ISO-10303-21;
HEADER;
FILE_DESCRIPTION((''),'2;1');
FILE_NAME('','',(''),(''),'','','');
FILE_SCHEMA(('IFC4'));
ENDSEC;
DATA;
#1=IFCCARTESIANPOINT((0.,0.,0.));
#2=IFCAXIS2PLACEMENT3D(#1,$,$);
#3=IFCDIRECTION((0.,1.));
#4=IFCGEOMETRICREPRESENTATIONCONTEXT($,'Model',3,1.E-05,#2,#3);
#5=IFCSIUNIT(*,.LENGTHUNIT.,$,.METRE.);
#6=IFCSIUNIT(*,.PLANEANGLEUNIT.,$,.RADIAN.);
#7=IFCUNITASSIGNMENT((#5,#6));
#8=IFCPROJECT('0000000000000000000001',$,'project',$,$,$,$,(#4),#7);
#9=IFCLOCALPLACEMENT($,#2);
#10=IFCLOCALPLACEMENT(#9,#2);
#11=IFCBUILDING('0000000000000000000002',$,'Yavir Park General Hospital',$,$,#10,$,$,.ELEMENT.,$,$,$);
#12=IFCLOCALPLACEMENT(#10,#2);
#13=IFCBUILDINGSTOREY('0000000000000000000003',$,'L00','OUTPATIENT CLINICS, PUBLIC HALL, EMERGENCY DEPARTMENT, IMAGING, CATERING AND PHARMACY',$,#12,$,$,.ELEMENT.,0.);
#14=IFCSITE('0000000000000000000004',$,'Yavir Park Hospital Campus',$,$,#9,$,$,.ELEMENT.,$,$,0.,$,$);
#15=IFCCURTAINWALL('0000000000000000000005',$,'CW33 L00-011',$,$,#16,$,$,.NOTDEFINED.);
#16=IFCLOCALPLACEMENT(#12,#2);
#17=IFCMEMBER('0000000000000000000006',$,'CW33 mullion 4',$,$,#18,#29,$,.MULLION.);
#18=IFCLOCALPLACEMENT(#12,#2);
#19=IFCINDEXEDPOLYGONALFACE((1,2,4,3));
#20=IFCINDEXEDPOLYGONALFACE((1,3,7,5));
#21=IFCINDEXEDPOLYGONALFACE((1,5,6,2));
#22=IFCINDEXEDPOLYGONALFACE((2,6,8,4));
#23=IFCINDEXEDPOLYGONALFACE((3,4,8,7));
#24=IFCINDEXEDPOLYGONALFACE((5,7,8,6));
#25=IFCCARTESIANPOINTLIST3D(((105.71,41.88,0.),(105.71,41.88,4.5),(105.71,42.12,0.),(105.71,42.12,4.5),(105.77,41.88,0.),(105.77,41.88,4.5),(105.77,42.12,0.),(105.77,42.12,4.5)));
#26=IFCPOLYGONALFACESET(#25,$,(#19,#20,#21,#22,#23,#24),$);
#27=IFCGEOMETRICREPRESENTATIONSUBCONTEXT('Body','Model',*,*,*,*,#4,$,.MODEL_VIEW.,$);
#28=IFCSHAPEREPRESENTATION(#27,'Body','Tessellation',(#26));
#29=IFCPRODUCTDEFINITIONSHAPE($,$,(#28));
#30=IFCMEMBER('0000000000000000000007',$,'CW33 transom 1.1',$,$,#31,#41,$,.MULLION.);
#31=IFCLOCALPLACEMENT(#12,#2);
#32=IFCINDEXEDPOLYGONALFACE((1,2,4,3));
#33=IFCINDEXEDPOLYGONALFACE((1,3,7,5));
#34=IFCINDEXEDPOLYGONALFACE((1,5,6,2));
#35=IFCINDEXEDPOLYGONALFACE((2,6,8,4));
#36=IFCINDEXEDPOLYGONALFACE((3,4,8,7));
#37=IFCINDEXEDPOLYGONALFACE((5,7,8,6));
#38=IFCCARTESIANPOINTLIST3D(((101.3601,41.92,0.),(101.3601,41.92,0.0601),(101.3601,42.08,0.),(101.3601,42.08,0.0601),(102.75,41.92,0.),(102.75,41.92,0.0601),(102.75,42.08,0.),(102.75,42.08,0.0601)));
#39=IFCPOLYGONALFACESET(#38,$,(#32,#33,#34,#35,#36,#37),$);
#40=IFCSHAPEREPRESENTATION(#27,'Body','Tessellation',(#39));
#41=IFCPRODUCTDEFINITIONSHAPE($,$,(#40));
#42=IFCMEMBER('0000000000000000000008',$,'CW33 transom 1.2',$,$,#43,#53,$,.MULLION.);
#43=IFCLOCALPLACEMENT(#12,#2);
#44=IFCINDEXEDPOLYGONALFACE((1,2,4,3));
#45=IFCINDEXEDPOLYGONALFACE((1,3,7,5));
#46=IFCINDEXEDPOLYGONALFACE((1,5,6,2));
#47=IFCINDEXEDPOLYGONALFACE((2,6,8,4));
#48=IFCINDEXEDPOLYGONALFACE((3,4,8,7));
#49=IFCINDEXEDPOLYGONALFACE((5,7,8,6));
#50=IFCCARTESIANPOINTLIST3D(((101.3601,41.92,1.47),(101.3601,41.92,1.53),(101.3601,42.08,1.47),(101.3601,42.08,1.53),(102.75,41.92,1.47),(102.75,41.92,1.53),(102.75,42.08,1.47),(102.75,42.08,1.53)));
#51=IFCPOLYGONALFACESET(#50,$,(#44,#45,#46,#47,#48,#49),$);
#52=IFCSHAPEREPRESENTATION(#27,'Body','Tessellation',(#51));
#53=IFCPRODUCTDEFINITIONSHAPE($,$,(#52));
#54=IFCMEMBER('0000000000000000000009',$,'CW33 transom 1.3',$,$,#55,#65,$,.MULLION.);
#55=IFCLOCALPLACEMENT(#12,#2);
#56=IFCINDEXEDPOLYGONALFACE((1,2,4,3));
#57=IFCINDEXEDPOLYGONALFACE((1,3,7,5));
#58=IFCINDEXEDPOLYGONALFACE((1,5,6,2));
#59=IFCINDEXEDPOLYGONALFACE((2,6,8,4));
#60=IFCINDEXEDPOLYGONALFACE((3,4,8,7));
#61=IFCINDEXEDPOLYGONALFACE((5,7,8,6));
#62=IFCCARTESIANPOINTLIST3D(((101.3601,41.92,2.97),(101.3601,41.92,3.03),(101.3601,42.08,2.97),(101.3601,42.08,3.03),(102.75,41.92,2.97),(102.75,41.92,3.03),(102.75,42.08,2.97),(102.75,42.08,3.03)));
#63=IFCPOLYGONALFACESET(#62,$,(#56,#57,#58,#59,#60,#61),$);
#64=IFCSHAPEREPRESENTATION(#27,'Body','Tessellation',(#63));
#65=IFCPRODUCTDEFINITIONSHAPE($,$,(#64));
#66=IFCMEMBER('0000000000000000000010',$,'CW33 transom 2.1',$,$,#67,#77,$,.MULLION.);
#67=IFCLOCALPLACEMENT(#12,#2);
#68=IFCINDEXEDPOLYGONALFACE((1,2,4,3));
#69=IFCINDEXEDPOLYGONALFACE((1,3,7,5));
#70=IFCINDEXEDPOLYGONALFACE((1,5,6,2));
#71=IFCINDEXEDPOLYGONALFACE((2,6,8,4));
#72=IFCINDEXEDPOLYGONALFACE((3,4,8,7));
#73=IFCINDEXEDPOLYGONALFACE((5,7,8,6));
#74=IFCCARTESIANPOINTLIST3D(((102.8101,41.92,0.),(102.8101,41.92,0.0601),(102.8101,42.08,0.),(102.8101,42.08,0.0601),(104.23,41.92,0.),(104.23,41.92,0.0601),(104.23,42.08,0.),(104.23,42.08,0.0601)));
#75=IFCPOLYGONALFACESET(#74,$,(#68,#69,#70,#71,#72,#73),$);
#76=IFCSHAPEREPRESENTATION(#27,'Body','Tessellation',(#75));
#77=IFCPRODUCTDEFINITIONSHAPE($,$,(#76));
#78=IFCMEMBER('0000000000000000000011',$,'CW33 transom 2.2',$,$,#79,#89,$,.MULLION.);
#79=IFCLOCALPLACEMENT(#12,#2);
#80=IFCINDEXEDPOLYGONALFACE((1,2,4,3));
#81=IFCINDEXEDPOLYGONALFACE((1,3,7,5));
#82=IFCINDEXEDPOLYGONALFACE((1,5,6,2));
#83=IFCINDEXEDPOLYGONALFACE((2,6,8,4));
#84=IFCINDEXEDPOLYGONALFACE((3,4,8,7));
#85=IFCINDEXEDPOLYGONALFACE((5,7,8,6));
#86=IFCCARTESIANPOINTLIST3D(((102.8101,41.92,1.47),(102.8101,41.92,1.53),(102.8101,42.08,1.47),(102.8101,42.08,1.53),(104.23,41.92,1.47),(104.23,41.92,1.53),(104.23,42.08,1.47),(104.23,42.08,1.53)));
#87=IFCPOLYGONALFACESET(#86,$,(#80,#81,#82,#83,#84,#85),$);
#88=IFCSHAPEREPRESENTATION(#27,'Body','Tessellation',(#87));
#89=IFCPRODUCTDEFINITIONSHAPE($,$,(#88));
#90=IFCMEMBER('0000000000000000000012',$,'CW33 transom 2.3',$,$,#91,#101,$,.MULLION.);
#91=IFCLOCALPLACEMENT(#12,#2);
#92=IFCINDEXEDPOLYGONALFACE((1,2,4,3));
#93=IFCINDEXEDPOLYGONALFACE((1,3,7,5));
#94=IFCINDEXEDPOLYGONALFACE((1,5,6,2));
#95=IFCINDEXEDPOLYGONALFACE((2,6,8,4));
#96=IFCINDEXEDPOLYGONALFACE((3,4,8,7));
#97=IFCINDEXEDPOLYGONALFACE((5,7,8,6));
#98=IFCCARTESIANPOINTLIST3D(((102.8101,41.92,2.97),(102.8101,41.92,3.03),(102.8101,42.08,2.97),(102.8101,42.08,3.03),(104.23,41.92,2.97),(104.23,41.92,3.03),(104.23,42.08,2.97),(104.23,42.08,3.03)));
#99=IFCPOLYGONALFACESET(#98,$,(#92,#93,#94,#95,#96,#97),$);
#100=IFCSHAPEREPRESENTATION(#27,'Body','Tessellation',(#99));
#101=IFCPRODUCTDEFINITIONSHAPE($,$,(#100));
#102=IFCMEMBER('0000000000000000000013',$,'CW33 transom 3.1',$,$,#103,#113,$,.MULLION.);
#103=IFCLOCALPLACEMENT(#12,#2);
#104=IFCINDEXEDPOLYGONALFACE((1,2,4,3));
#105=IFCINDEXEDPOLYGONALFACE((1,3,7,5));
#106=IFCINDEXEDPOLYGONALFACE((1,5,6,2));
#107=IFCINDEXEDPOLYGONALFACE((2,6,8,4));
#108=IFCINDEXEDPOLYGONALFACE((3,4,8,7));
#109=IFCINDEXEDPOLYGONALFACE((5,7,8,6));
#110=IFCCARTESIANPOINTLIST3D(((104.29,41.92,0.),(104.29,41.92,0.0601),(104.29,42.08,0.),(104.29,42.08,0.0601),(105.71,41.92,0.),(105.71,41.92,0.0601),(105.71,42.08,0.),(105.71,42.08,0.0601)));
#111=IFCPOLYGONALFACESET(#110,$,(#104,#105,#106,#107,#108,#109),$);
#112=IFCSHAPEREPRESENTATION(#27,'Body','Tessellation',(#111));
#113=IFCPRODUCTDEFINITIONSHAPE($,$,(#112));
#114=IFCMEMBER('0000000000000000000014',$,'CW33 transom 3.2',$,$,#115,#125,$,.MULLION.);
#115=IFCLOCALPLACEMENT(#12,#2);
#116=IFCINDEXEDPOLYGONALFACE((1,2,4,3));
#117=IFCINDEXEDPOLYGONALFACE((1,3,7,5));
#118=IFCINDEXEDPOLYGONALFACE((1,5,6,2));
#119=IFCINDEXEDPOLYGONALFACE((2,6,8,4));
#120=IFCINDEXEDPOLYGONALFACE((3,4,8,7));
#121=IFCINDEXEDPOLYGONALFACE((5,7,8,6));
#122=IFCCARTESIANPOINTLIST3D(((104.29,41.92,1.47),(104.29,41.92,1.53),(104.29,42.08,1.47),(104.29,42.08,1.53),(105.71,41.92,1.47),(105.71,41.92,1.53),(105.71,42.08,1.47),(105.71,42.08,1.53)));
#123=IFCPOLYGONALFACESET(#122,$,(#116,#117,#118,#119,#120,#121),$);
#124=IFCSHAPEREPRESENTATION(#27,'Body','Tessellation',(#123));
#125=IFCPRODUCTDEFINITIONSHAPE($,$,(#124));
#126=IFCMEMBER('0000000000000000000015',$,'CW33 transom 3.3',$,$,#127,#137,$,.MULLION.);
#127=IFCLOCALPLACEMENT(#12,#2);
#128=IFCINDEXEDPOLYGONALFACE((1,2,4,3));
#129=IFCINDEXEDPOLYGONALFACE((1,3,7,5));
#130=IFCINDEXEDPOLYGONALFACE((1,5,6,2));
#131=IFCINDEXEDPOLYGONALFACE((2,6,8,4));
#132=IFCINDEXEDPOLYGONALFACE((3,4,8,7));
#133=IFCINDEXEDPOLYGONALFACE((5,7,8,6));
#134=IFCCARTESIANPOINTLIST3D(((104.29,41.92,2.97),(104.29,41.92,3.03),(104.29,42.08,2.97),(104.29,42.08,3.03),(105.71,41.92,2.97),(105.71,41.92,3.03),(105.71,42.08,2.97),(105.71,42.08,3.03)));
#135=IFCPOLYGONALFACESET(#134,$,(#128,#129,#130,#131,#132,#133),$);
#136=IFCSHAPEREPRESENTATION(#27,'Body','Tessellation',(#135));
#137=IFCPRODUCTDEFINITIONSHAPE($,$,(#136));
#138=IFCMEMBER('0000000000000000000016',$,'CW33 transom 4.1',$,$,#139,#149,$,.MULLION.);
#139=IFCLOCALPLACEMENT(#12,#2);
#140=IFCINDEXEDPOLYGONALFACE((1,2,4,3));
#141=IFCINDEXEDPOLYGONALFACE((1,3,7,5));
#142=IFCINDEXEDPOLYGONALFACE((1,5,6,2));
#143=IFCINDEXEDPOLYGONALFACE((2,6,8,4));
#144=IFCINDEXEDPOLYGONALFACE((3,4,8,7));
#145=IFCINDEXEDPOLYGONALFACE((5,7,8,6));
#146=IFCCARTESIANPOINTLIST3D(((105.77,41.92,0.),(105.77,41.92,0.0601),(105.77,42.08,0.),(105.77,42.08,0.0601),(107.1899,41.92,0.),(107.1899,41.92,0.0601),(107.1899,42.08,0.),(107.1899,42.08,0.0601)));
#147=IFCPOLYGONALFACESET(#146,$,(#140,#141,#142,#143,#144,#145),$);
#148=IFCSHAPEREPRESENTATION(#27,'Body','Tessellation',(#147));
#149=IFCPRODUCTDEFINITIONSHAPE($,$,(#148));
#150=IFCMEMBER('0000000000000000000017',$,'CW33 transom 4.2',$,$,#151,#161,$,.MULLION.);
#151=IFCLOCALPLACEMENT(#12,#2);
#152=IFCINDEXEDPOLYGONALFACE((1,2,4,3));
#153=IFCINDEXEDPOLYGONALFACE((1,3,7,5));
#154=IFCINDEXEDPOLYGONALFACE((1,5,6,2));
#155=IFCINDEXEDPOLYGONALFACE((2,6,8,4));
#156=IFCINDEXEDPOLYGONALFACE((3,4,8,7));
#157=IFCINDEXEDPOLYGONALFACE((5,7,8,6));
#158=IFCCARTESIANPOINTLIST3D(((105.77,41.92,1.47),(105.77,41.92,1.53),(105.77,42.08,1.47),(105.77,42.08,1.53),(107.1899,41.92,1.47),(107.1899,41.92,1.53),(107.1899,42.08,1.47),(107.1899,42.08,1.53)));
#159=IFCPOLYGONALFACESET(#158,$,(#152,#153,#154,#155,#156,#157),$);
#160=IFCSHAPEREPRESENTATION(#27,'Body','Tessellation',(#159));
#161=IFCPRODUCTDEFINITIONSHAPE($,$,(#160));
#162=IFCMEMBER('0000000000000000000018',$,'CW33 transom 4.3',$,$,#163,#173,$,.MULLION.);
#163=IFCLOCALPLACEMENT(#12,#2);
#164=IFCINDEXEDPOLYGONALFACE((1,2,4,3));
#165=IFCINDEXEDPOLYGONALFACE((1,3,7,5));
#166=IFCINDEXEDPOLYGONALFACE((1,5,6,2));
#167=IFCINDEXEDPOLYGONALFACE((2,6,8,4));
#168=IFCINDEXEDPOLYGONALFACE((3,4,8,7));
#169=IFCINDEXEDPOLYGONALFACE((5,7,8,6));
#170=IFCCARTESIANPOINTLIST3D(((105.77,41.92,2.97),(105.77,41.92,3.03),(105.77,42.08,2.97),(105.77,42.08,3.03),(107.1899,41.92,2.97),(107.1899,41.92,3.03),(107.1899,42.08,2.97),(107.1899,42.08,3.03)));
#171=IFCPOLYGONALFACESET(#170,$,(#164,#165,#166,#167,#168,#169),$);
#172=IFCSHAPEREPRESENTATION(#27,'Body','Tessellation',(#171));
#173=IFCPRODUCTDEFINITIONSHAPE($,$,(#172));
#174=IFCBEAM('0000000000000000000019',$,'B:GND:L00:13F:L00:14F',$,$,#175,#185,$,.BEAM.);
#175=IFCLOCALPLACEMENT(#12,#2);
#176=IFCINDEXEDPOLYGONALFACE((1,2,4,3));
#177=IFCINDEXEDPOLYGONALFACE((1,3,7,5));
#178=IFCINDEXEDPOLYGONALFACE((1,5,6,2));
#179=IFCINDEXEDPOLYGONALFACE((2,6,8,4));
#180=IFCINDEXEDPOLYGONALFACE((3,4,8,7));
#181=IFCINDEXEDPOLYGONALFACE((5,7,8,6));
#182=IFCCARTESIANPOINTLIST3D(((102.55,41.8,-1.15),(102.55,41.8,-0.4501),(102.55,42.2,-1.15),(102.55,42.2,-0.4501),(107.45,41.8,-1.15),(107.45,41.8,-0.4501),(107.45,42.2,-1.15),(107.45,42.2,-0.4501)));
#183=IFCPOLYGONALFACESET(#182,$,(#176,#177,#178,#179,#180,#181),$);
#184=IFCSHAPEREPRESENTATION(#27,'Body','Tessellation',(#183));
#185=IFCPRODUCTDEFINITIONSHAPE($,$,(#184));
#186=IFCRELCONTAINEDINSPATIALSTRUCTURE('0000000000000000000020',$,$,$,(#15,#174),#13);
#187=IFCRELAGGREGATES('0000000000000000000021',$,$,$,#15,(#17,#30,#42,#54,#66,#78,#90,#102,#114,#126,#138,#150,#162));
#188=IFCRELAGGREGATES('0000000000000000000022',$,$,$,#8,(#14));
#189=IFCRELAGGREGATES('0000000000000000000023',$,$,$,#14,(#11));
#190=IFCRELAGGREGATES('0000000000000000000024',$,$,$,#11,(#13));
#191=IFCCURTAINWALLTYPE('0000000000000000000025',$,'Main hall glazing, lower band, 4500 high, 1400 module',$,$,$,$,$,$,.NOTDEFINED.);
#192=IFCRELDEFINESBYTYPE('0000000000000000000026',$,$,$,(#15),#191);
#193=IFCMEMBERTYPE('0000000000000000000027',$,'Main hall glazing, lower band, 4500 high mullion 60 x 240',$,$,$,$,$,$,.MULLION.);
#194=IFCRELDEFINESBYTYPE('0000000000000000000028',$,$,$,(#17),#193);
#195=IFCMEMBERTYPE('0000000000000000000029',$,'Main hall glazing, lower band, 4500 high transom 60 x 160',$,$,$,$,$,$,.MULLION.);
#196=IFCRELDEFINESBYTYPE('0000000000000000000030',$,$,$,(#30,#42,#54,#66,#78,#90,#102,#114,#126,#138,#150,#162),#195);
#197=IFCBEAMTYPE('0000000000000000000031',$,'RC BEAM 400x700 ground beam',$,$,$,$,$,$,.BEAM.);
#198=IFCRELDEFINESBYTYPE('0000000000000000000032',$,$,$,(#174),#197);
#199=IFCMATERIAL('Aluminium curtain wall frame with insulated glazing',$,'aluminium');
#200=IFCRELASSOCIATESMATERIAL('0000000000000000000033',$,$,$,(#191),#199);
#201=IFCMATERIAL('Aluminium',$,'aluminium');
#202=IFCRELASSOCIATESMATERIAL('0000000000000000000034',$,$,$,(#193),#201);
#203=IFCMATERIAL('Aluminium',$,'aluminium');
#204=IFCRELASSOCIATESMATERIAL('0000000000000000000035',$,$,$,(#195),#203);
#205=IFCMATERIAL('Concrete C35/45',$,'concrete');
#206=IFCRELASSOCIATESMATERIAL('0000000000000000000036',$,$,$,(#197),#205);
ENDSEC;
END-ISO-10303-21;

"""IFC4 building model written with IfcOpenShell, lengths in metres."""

from ifc_helpers import new_model, si_unit, direction, frame, origin, origin_2d, place, context, subcontext, project, spatial, rectangle, extrude, material, material_profile, profile_set, type_object, element, aggregate, save


model = new_model("IFC4")

# Units and contexts
model_context = context("Model", 3, precision=1e-05, world=origin(), true_north=direction((0.0, 1.0)))
body_context = subcontext(model_context, "Body", "Model", "MODEL_VIEW")
ifc_project = project(units=[si_unit("LENGTHUNIT", "METRE"), si_unit("PLANEANGLEUNIT", "RADIAN")], contexts=[model_context])

# Site, building, storey
site_placement = place(None, origin())
site = spatial("IfcSite", under=ifc_project, at=site_placement, Name="Yavir Park Hospital Campus", CompositionType="ELEMENT", RefElevation=0.0)
building_placement = place(site_placement, origin())
building = spatial("IfcBuilding", under=site, at=building_placement, Name="Yavir Park General Hospital", CompositionType="ELEMENT")
storey_placement = place(building_placement, origin())
storey = spatial("IfcBuildingStorey", under=building, at=storey_placement, Name="L00", Description="OUTPATIENT CLINICS, PUBLIC HALL, EMERGENCY DEPARTMENT, IMAGING, CATERING AND PHARMACY", CompositionType="ELEMENT", Elevation=0.0)

# Curtain wall, members
ifc_material_1 = material(Name="Aluminium curtain wall frame with insulated glazing", Category="aluminium")
curtain_wall_type = type_object("IfcCurtainWallType", Name="Main hall glazing, lower band, 4500 high, 1400 module", PredefinedType="NOTDEFINED", material=ifc_material_1)
curtain_wall_placement = place(storey_placement, origin())
curtain_wall = element("IfcCurtainWall", 1, at=curtain_wall_placement, inside=storey, type_object=curtain_wall_type, Name="CW33 L00-011", PredefinedType="NOTDEFINED")
ifc_material_2 = material(Name="Aluminium", Category="aluminium")
ifc_material_profile_1 = material_profile(ifc_material_2, rectangle(XDim=0.24, YDim=0.0601, at=origin_2d()), Name="AL 60x240")
ifc_profile_set_1 = profile_set([ifc_material_profile_1], Name="Aluminium")
member_type_1 = type_object("IfcMemberType", Name="Main hall glazing, lower band, 4500 high mullion 60 x 240", PredefinedType="MULLION", material=ifc_profile_set_1)
member_1_placement = place(storey_placement, frame((105.74, 42.0, 0.0), z_axis=(0.0, 0.0, 1.0), x_axis=(0.0, 1.0, 0.0)))
member_1 = element("IfcMember", 2, at=member_1_placement, type_object=member_type_1, Name="CW33 mullion 4", PredefinedType="MULLION", context=body_context, shape_type="SweptSolid", body=[
    extrude(rectangle(XDim=0.24, YDim=0.0601, at=origin_2d()), origin(), (0.0, 0.0, 1.0), 4.5),
])
ifc_material_3 = material(Name="Aluminium", Category="aluminium")
ifc_material_profile_2 = material_profile(ifc_material_3, rectangle(XDim=0.1599, YDim=0.0601, at=origin_2d()), Name="AL 160x60")
ifc_profile_set_2 = profile_set([ifc_material_profile_2], Name="Aluminium")
member_type_2 = type_object("IfcMemberType", Name="Main hall glazing, lower band, 4500 high transom 60 x 160", PredefinedType="MULLION", material=ifc_profile_set_2)
member_2_placement = place(storey_placement, frame((101.3601, 42.0, 0.03), z_axis=(1.0, 0.0, 0.0), x_axis=(0.0, 1.0, 0.0)))
member_2 = element("IfcMember", 3, at=member_2_placement, type_object=member_type_2, Name="CW33 transom 1.1", PredefinedType="MULLION", context=body_context, shape_type="SweptSolid", body=[
    extrude(rectangle(XDim=0.1599, YDim=0.0601, at=origin_2d()), origin(), (0.0, 0.0, 1.0), 1.3899),
])
member_3_placement = place(storey_placement, frame((101.3601, 42.0, 1.5), z_axis=(1.0, 0.0, 0.0), x_axis=(0.0, 1.0, 0.0)))
member_3 = element("IfcMember", 4, at=member_3_placement, type_object=member_type_2, Name="CW33 transom 1.2", PredefinedType="MULLION", context=body_context, shape_type="SweptSolid", body=[
    extrude(rectangle(XDim=0.1599, YDim=0.0601, at=origin_2d()), origin(), (0.0, 0.0, 1.0), 1.3899),
])
member_4_placement = place(storey_placement, frame((101.3601, 42.0, 3.0), z_axis=(1.0, 0.0, 0.0), x_axis=(0.0, 1.0, 0.0)))
member_4 = element("IfcMember", 5, at=member_4_placement, type_object=member_type_2, Name="CW33 transom 1.3", PredefinedType="MULLION", context=body_context, shape_type="SweptSolid", body=[
    extrude(rectangle(XDim=0.1599, YDim=0.0601, at=origin_2d()), origin(), (0.0, 0.0, 1.0), 1.3899),
])
member_5_placement = place(storey_placement, frame((102.8101, 42.0, 0.03), z_axis=(1.0, 0.0, 0.0), x_axis=(0.0, 1.0, 0.0)))
member_5 = element("IfcMember", 6, at=member_5_placement, type_object=member_type_2, Name="CW33 transom 2.1", PredefinedType="MULLION", context=body_context, shape_type="SweptSolid", body=[
    extrude(rectangle(XDim=0.1599, YDim=0.0601, at=origin_2d()), origin(), (0.0, 0.0, 1.0), 1.4199),
])
member_6_placement = place(storey_placement, frame((102.8101, 42.0, 1.5), z_axis=(1.0, 0.0, 0.0), x_axis=(0.0, 1.0, 0.0)))
member_6 = element("IfcMember", 7, at=member_6_placement, type_object=member_type_2, Name="CW33 transom 2.2", PredefinedType="MULLION", context=body_context, shape_type="SweptSolid", body=[
    extrude(rectangle(XDim=0.1599, YDim=0.0601, at=origin_2d()), origin(), (0.0, 0.0, 1.0), 1.4199),
])
member_7_placement = place(storey_placement, frame((102.8101, 42.0, 3.0), z_axis=(1.0, 0.0, 0.0), x_axis=(0.0, 1.0, 0.0)))
member_7 = element("IfcMember", 8, at=member_7_placement, type_object=member_type_2, Name="CW33 transom 2.3", PredefinedType="MULLION", context=body_context, shape_type="SweptSolid", body=[
    extrude(rectangle(XDim=0.1599, YDim=0.0601, at=origin_2d()), origin(), (0.0, 0.0, 1.0), 1.4199),
])
member_8_placement = place(storey_placement, frame((104.29, 42.0, 0.03), z_axis=(1.0, 0.0, 0.0), x_axis=(0.0, 1.0, 0.0)))
member_8 = element("IfcMember", 9, at=member_8_placement, type_object=member_type_2, Name="CW33 transom 3.1", PredefinedType="MULLION", context=body_context, shape_type="SweptSolid", body=[
    extrude(rectangle(XDim=0.1599, YDim=0.0601, at=origin_2d()), origin(), (0.0, 0.0, 1.0), 1.4199),
])
member_9_placement = place(storey_placement, frame((104.29, 42.0, 1.5), z_axis=(1.0, 0.0, 0.0), x_axis=(0.0, 1.0, 0.0)))
member_9 = element("IfcMember", 10, at=member_9_placement, type_object=member_type_2, Name="CW33 transom 3.2", PredefinedType="MULLION", context=body_context, shape_type="SweptSolid", body=[
    extrude(rectangle(XDim=0.1599, YDim=0.0601, at=origin_2d()), origin(), (0.0, 0.0, 1.0), 1.4199),
])
member_10_placement = place(storey_placement, frame((104.29, 42.0, 3.0), z_axis=(1.0, 0.0, 0.0), x_axis=(0.0, 1.0, 0.0)))
member_10 = element("IfcMember", 11, at=member_10_placement, type_object=member_type_2, Name="CW33 transom 3.3", PredefinedType="MULLION", context=body_context, shape_type="SweptSolid", body=[
    extrude(rectangle(XDim=0.1599, YDim=0.0601, at=origin_2d()), origin(), (0.0, 0.0, 1.0), 1.4199),
])
member_11_placement = place(storey_placement, frame((105.77, 42.0, 0.03), z_axis=(1.0, 0.0, 0.0), x_axis=(0.0, 1.0, 0.0)))
member_11 = element("IfcMember", 12, at=member_11_placement, type_object=member_type_2, Name="CW33 transom 4.1", PredefinedType="MULLION", context=body_context, shape_type="SweptSolid", body=[
    extrude(rectangle(XDim=0.1599, YDim=0.0601, at=origin_2d()), origin(), (0.0, 0.0, 1.0), 1.4199),
])
member_12_placement = place(storey_placement, frame((105.77, 42.0, 1.5), z_axis=(1.0, 0.0, 0.0), x_axis=(0.0, 1.0, 0.0)))
member_12 = element("IfcMember", 13, at=member_12_placement, type_object=member_type_2, Name="CW33 transom 4.2", PredefinedType="MULLION", context=body_context, shape_type="SweptSolid", body=[
    extrude(rectangle(XDim=0.1599, YDim=0.0601, at=origin_2d()), origin(), (0.0, 0.0, 1.0), 1.4199),
])
member_13_placement = place(storey_placement, frame((105.77, 42.0, 3.0), z_axis=(1.0, 0.0, 0.0), x_axis=(0.0, 1.0, 0.0)))
member_13 = element("IfcMember", 14, at=member_13_placement, type_object=member_type_2, Name="CW33 transom 4.3", PredefinedType="MULLION", context=body_context, shape_type="SweptSolid", body=[
    extrude(rectangle(XDim=0.1599, YDim=0.0601, at=origin_2d()), origin(), (0.0, 0.0, 1.0), 1.4199),
])

# Beam
ifc_material_4 = material(Name="Concrete C35/45", Category="concrete")
ifc_material_profile_3 = material_profile(ifc_material_4, rectangle(XDim=0.3999, YDim=0.7, at=origin_2d()), Name="RC400x700")
ifc_profile_set_3 = profile_set([ifc_material_profile_3], Name="Concrete C35/45")
beam_type = type_object("IfcBeamType", Name="RC BEAM 400x700 ground beam", PredefinedType="BEAM", material=ifc_profile_set_3)
beam_placement = place(storey_placement, frame((102.55, 42.0, -0.8), z_axis=(1.0, 0.0, 0.0), x_axis=(0.0, 1.0, 0.0)))
element("IfcBeam", 15, at=beam_placement, inside=storey, type_object=beam_type, Name="B:GND:L00:13F:L00:14F", PredefinedType="BEAM", context=body_context, shape_type="SweptSolid", body=[
    extrude(rectangle(XDim=0.3999, YDim=0.7, at=origin_2d()), origin(), (0.0, 0.0, 1.0), 4.8999),
])

aggregate(curtain_wall, [member_1, member_2, member_3, member_4, member_5, member_6, member_7, member_8, member_9, member_10, member_11, member_12, member_13])

save(model, "model.ifc")
